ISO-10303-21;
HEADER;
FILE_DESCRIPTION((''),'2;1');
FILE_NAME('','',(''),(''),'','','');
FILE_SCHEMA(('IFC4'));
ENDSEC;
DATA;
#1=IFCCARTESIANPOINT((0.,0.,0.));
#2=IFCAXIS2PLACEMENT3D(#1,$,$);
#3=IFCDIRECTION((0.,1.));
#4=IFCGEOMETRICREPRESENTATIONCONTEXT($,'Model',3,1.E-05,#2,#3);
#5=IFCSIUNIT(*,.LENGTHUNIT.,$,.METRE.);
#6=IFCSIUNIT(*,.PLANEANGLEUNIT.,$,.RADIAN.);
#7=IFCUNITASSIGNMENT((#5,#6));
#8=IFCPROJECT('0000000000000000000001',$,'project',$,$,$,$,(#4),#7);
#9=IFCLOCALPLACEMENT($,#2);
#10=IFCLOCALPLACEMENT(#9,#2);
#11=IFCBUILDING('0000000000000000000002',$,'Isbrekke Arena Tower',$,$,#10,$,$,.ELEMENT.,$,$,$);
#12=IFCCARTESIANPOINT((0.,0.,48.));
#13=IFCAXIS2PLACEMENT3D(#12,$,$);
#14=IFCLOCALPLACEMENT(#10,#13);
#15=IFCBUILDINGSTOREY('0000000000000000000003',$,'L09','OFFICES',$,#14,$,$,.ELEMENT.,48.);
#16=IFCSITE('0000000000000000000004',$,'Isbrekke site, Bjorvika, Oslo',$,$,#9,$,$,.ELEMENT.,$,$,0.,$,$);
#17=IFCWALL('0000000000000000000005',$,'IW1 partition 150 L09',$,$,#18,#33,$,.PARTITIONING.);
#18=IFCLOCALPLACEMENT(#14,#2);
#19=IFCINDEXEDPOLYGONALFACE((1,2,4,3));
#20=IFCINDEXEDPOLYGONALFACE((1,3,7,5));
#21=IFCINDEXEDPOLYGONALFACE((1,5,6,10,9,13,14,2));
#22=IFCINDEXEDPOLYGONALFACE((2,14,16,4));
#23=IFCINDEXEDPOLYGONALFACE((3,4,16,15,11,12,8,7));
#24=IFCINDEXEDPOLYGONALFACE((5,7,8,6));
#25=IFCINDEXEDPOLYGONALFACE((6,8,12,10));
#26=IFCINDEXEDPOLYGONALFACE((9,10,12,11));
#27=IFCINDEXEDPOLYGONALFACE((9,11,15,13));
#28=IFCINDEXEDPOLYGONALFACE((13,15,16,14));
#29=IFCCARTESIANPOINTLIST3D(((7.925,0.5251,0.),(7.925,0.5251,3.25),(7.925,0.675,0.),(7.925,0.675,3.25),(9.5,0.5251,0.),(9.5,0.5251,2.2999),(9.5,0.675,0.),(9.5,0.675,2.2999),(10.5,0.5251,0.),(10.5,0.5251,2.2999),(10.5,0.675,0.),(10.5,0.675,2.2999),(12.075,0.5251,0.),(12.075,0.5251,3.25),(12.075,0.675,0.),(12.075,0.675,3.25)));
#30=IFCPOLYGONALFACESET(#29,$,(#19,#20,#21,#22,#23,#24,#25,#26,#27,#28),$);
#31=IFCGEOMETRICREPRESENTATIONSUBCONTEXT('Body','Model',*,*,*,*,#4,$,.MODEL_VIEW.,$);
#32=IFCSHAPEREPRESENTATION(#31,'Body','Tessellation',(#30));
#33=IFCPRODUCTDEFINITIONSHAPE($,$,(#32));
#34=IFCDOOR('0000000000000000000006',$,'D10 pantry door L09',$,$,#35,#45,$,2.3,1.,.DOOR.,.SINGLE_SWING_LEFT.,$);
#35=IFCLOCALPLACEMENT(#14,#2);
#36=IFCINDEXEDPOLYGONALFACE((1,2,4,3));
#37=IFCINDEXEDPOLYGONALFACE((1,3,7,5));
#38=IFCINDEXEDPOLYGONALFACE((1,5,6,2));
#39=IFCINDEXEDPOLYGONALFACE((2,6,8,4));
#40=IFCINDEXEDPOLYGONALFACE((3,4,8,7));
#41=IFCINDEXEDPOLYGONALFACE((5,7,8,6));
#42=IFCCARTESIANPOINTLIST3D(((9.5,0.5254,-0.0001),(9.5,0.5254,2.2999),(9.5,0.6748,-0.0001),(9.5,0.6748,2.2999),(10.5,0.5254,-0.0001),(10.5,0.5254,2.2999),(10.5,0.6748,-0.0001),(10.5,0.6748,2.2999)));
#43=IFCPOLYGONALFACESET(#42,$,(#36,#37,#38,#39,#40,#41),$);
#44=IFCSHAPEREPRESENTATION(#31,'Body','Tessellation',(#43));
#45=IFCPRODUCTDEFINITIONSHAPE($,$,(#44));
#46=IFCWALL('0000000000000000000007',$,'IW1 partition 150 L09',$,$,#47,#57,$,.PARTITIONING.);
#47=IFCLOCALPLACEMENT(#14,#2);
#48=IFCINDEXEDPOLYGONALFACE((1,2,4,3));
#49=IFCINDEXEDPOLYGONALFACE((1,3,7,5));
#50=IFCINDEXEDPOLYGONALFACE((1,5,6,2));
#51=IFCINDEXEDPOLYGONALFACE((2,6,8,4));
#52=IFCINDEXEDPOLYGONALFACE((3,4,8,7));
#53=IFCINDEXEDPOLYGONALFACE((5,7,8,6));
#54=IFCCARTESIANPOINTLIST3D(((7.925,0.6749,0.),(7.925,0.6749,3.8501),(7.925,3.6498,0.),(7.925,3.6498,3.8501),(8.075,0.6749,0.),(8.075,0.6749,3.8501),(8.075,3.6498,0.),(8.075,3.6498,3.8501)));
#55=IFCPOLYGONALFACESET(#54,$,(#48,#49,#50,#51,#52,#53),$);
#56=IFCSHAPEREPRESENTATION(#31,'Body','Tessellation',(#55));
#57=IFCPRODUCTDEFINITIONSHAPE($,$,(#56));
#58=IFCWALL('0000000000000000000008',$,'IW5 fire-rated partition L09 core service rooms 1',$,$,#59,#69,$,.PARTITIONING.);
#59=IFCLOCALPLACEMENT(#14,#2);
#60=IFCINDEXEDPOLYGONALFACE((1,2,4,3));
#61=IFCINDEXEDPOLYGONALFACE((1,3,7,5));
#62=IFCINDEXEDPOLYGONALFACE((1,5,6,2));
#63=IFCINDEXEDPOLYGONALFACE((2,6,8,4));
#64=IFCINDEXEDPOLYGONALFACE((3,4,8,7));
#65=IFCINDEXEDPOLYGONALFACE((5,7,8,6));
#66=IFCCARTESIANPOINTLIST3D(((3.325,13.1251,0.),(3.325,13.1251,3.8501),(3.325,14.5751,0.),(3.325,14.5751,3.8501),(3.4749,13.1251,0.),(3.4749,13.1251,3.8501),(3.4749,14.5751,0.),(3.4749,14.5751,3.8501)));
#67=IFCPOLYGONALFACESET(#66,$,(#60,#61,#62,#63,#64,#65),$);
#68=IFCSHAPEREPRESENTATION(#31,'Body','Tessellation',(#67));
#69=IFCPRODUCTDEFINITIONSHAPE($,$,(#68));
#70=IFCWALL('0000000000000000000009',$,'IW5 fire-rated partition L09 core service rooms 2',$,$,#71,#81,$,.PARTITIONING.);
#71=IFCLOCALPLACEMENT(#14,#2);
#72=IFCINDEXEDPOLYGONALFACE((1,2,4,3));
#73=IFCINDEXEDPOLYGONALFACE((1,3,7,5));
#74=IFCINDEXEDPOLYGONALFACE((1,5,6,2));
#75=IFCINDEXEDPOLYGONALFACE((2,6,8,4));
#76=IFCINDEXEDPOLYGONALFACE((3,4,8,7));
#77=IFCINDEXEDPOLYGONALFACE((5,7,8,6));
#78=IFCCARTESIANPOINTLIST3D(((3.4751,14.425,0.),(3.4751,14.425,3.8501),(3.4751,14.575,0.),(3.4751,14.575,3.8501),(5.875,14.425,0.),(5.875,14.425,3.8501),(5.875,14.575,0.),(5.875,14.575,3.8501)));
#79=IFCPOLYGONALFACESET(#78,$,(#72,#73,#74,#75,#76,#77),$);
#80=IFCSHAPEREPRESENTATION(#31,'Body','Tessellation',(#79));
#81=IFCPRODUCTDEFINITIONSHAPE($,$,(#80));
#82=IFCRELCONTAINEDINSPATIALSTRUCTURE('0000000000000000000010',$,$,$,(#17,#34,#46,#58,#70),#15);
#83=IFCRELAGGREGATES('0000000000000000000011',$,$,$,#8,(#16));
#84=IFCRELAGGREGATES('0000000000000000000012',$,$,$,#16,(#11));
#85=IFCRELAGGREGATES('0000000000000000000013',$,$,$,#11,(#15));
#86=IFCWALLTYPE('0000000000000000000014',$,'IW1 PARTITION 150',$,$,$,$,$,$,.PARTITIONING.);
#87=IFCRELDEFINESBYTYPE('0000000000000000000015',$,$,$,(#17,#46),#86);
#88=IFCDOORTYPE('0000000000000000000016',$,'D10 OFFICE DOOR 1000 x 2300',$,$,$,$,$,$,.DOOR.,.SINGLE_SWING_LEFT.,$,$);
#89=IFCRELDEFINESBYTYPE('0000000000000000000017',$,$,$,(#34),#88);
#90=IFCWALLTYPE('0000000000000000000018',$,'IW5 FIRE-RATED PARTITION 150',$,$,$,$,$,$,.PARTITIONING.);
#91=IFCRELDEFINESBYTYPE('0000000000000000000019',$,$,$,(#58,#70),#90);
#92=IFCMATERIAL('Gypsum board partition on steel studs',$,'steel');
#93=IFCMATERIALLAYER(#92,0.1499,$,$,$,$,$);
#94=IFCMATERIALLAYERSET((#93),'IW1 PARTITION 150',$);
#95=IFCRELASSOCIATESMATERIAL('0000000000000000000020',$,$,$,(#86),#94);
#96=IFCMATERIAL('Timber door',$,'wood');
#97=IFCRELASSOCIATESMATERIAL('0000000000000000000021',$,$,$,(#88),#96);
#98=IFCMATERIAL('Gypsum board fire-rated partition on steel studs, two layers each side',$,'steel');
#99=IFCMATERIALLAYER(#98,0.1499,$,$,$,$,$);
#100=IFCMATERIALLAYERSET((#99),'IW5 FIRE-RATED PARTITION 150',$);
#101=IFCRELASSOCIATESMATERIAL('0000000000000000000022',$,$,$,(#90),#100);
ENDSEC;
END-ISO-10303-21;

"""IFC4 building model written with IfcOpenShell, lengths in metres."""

from ifc_helpers import new_model, si_unit, direction, frame, frame_2d, origin, place, context, subcontext, project, spatial, rectangle, extrude, material, layer, layer_set, type_object, element, fill, save


model = new_model("IFC4")

# Units and contexts
model_context = context("Model", 3, precision=1e-05, world=origin(), true_north=direction((0.0, 1.0)))
body_context = subcontext(model_context, "Body", "Model", "MODEL_VIEW")
ifc_project = project(units=[si_unit("LENGTHUNIT", "METRE"), si_unit("PLANEANGLEUNIT", "RADIAN")], contexts=[model_context])

# Site, building, storey
site_placement = place(None, origin())
site = spatial("IfcSite", under=ifc_project, at=site_placement, Name="Isbrekke site, Bjorvika, Oslo", CompositionType="ELEMENT", RefElevation=0.0)
building_placement = place(site_placement, origin())
building = spatial("IfcBuilding", under=site, at=building_placement, Name="Isbrekke Arena Tower", CompositionType="ELEMENT")
storey_placement = place(building_placement, frame((0.0, 0.0, 48.0)))
storey = spatial("IfcBuildingStorey", under=building, at=storey_placement, Name="L09", Description="OFFICES", CompositionType="ELEMENT", Elevation=48.0)

# Wall, opening, door
ifc_material_1 = material(Name="Gypsum board partition on steel studs", Category="steel")
ifc_layer_1 = layer(ifc_material_1, 0.1499)
ifc_layer_set_1 = layer_set([ifc_layer_1], Name="IW1 PARTITION 150")
wall_type_1 = type_object("IfcWallType", Name="IW1 PARTITION 150", PredefinedType="PARTITIONING", material=ifc_layer_set_1)
wall_1_placement = place(storey_placement, frame((7.925, 0.6001, 0.0), z_axis=(0.0, 0.0, 1.0), x_axis=(1.0, 0.0, 0.0)))
wall_1 = element("IfcWall", 1, at=wall_1_placement, inside=storey, type_object=wall_type_1, Name="IW1 partition 150 L09", PredefinedType="PARTITIONING", context=body_context, shape_type="SweptSolid", body=[
    extrude(rectangle(XDim=4.1499, YDim=0.1499, at=frame_2d((2.075, 0.0))), origin(), (0.0, 0.0, 1.0), 3.25),
])
opening_1_placement = place(wall_1_placement, frame((1.575, 0.0, 0.0)))
opening_1 = element("IfcOpeningElement", 2, at=opening_1_placement, cuts=wall_1, PredefinedType="OPENING", context=body_context, shape_type="SweptSolid", body=[
    extrude(rectangle(XDim=1.0, YDim=2.3, at=frame_2d((0.5, 1.1499))), frame((0.0, 0.0898, 0.0), z_axis=(0.0, -1.0, 0.0), x_axis=(1.0, 0.0, 0.0)), (0.0, 0.0, 1.0), 0.1797),
])
ifc_material_2 = material(Name="Timber door", Category="wood")
door_type_1 = type_object("IfcDoorType", Name="D10 OFFICE DOOR 1000 x 2300", OperationType="SINGLE_SWING_LEFT", PredefinedType="DOOR", material=ifc_material_2)
door_1_placement = place(opening_1_placement, origin())
door_1 = element("IfcDoor", 3, at=door_1_placement, inside=storey, type_object=door_type_1, Name="D10 pantry door L09", OperationType="SINGLE_SWING_LEFT", OverallHeight=2.3, OverallWidth=1.0, PredefinedType="DOOR", context=body_context, shape_type="SweptSolid", body=[
    extrude(rectangle(XDim=1.0, YDim=2.3, at=frame_2d((0.5, 1.1499))), frame((0.0, 0.0747, 0.0), z_axis=(0.0, -1.0, 0.0), x_axis=(1.0, 0.0, 0.0)), (0.0, 0.0, 1.0), 0.1494),
])
fill(opening_1, door_1)

# Walls
wall_2_placement = place(storey_placement, frame((8.0, 0.675, 0.0), z_axis=(0.0, 0.0, 1.0), x_axis=(0.0, 1.0, 0.0)))
element("IfcWall", 4, at=wall_2_placement, inside=storey, type_object=wall_type_1, Name="IW1 partition 150 L09", PredefinedType="PARTITIONING", context=body_context, shape_type="SweptSolid", body=[
    extrude(rectangle(XDim=2.9749, YDim=0.1499, at=frame_2d((1.4873, 0.0))), origin(), (0.0, 0.0, 1.0), 3.8501),
])
ifc_material_3 = material(Name="Gypsum board fire-rated partition on steel studs, two layers each side", Category="steel")
ifc_layer_2 = layer(ifc_material_3, 0.1499)
ifc_layer_set_2 = layer_set([ifc_layer_2], Name="IW5 FIRE-RATED PARTITION 150")
wall_type_2 = type_object("IfcWallType", Name="IW5 FIRE-RATED PARTITION 150", PredefinedType="PARTITIONING", material=ifc_layer_set_2)
wall_3_placement = place(storey_placement, frame((3.3999, 13.125, 0.0), z_axis=(0.0, 0.0, 1.0), x_axis=(0.0, 1.0, 0.0)))
element("IfcWall", 5, at=wall_3_placement, inside=storey, type_object=wall_type_2, Name="IW5 fire-rated partition L09 core service rooms 1", PredefinedType="PARTITIONING", context=body_context, shape_type="SweptSolid", body=[
    extrude(rectangle(XDim=1.45, YDim=0.1499, at=frame_2d((0.7251, 0.0))), origin(), (0.0, 0.0, 1.0), 3.8501),
])
wall_4_placement = place(storey_placement, frame((3.4751, 14.5, 0.0), z_axis=(0.0, 0.0, 1.0), x_axis=(1.0, 0.0, 0.0)))
element("IfcWall", 6, at=wall_4_placement, inside=storey, type_object=wall_type_2, Name="IW5 fire-rated partition L09 core service rooms 2", PredefinedType="PARTITIONING", context=body_context, shape_type="SweptSolid", body=[
    extrude(rectangle(XDim=2.3999, YDim=0.1499, at=frame_2d((1.2, 0.0))), origin(), (0.0, 0.0, 1.0), 3.8501),
])

save(model, "model.ifc")
